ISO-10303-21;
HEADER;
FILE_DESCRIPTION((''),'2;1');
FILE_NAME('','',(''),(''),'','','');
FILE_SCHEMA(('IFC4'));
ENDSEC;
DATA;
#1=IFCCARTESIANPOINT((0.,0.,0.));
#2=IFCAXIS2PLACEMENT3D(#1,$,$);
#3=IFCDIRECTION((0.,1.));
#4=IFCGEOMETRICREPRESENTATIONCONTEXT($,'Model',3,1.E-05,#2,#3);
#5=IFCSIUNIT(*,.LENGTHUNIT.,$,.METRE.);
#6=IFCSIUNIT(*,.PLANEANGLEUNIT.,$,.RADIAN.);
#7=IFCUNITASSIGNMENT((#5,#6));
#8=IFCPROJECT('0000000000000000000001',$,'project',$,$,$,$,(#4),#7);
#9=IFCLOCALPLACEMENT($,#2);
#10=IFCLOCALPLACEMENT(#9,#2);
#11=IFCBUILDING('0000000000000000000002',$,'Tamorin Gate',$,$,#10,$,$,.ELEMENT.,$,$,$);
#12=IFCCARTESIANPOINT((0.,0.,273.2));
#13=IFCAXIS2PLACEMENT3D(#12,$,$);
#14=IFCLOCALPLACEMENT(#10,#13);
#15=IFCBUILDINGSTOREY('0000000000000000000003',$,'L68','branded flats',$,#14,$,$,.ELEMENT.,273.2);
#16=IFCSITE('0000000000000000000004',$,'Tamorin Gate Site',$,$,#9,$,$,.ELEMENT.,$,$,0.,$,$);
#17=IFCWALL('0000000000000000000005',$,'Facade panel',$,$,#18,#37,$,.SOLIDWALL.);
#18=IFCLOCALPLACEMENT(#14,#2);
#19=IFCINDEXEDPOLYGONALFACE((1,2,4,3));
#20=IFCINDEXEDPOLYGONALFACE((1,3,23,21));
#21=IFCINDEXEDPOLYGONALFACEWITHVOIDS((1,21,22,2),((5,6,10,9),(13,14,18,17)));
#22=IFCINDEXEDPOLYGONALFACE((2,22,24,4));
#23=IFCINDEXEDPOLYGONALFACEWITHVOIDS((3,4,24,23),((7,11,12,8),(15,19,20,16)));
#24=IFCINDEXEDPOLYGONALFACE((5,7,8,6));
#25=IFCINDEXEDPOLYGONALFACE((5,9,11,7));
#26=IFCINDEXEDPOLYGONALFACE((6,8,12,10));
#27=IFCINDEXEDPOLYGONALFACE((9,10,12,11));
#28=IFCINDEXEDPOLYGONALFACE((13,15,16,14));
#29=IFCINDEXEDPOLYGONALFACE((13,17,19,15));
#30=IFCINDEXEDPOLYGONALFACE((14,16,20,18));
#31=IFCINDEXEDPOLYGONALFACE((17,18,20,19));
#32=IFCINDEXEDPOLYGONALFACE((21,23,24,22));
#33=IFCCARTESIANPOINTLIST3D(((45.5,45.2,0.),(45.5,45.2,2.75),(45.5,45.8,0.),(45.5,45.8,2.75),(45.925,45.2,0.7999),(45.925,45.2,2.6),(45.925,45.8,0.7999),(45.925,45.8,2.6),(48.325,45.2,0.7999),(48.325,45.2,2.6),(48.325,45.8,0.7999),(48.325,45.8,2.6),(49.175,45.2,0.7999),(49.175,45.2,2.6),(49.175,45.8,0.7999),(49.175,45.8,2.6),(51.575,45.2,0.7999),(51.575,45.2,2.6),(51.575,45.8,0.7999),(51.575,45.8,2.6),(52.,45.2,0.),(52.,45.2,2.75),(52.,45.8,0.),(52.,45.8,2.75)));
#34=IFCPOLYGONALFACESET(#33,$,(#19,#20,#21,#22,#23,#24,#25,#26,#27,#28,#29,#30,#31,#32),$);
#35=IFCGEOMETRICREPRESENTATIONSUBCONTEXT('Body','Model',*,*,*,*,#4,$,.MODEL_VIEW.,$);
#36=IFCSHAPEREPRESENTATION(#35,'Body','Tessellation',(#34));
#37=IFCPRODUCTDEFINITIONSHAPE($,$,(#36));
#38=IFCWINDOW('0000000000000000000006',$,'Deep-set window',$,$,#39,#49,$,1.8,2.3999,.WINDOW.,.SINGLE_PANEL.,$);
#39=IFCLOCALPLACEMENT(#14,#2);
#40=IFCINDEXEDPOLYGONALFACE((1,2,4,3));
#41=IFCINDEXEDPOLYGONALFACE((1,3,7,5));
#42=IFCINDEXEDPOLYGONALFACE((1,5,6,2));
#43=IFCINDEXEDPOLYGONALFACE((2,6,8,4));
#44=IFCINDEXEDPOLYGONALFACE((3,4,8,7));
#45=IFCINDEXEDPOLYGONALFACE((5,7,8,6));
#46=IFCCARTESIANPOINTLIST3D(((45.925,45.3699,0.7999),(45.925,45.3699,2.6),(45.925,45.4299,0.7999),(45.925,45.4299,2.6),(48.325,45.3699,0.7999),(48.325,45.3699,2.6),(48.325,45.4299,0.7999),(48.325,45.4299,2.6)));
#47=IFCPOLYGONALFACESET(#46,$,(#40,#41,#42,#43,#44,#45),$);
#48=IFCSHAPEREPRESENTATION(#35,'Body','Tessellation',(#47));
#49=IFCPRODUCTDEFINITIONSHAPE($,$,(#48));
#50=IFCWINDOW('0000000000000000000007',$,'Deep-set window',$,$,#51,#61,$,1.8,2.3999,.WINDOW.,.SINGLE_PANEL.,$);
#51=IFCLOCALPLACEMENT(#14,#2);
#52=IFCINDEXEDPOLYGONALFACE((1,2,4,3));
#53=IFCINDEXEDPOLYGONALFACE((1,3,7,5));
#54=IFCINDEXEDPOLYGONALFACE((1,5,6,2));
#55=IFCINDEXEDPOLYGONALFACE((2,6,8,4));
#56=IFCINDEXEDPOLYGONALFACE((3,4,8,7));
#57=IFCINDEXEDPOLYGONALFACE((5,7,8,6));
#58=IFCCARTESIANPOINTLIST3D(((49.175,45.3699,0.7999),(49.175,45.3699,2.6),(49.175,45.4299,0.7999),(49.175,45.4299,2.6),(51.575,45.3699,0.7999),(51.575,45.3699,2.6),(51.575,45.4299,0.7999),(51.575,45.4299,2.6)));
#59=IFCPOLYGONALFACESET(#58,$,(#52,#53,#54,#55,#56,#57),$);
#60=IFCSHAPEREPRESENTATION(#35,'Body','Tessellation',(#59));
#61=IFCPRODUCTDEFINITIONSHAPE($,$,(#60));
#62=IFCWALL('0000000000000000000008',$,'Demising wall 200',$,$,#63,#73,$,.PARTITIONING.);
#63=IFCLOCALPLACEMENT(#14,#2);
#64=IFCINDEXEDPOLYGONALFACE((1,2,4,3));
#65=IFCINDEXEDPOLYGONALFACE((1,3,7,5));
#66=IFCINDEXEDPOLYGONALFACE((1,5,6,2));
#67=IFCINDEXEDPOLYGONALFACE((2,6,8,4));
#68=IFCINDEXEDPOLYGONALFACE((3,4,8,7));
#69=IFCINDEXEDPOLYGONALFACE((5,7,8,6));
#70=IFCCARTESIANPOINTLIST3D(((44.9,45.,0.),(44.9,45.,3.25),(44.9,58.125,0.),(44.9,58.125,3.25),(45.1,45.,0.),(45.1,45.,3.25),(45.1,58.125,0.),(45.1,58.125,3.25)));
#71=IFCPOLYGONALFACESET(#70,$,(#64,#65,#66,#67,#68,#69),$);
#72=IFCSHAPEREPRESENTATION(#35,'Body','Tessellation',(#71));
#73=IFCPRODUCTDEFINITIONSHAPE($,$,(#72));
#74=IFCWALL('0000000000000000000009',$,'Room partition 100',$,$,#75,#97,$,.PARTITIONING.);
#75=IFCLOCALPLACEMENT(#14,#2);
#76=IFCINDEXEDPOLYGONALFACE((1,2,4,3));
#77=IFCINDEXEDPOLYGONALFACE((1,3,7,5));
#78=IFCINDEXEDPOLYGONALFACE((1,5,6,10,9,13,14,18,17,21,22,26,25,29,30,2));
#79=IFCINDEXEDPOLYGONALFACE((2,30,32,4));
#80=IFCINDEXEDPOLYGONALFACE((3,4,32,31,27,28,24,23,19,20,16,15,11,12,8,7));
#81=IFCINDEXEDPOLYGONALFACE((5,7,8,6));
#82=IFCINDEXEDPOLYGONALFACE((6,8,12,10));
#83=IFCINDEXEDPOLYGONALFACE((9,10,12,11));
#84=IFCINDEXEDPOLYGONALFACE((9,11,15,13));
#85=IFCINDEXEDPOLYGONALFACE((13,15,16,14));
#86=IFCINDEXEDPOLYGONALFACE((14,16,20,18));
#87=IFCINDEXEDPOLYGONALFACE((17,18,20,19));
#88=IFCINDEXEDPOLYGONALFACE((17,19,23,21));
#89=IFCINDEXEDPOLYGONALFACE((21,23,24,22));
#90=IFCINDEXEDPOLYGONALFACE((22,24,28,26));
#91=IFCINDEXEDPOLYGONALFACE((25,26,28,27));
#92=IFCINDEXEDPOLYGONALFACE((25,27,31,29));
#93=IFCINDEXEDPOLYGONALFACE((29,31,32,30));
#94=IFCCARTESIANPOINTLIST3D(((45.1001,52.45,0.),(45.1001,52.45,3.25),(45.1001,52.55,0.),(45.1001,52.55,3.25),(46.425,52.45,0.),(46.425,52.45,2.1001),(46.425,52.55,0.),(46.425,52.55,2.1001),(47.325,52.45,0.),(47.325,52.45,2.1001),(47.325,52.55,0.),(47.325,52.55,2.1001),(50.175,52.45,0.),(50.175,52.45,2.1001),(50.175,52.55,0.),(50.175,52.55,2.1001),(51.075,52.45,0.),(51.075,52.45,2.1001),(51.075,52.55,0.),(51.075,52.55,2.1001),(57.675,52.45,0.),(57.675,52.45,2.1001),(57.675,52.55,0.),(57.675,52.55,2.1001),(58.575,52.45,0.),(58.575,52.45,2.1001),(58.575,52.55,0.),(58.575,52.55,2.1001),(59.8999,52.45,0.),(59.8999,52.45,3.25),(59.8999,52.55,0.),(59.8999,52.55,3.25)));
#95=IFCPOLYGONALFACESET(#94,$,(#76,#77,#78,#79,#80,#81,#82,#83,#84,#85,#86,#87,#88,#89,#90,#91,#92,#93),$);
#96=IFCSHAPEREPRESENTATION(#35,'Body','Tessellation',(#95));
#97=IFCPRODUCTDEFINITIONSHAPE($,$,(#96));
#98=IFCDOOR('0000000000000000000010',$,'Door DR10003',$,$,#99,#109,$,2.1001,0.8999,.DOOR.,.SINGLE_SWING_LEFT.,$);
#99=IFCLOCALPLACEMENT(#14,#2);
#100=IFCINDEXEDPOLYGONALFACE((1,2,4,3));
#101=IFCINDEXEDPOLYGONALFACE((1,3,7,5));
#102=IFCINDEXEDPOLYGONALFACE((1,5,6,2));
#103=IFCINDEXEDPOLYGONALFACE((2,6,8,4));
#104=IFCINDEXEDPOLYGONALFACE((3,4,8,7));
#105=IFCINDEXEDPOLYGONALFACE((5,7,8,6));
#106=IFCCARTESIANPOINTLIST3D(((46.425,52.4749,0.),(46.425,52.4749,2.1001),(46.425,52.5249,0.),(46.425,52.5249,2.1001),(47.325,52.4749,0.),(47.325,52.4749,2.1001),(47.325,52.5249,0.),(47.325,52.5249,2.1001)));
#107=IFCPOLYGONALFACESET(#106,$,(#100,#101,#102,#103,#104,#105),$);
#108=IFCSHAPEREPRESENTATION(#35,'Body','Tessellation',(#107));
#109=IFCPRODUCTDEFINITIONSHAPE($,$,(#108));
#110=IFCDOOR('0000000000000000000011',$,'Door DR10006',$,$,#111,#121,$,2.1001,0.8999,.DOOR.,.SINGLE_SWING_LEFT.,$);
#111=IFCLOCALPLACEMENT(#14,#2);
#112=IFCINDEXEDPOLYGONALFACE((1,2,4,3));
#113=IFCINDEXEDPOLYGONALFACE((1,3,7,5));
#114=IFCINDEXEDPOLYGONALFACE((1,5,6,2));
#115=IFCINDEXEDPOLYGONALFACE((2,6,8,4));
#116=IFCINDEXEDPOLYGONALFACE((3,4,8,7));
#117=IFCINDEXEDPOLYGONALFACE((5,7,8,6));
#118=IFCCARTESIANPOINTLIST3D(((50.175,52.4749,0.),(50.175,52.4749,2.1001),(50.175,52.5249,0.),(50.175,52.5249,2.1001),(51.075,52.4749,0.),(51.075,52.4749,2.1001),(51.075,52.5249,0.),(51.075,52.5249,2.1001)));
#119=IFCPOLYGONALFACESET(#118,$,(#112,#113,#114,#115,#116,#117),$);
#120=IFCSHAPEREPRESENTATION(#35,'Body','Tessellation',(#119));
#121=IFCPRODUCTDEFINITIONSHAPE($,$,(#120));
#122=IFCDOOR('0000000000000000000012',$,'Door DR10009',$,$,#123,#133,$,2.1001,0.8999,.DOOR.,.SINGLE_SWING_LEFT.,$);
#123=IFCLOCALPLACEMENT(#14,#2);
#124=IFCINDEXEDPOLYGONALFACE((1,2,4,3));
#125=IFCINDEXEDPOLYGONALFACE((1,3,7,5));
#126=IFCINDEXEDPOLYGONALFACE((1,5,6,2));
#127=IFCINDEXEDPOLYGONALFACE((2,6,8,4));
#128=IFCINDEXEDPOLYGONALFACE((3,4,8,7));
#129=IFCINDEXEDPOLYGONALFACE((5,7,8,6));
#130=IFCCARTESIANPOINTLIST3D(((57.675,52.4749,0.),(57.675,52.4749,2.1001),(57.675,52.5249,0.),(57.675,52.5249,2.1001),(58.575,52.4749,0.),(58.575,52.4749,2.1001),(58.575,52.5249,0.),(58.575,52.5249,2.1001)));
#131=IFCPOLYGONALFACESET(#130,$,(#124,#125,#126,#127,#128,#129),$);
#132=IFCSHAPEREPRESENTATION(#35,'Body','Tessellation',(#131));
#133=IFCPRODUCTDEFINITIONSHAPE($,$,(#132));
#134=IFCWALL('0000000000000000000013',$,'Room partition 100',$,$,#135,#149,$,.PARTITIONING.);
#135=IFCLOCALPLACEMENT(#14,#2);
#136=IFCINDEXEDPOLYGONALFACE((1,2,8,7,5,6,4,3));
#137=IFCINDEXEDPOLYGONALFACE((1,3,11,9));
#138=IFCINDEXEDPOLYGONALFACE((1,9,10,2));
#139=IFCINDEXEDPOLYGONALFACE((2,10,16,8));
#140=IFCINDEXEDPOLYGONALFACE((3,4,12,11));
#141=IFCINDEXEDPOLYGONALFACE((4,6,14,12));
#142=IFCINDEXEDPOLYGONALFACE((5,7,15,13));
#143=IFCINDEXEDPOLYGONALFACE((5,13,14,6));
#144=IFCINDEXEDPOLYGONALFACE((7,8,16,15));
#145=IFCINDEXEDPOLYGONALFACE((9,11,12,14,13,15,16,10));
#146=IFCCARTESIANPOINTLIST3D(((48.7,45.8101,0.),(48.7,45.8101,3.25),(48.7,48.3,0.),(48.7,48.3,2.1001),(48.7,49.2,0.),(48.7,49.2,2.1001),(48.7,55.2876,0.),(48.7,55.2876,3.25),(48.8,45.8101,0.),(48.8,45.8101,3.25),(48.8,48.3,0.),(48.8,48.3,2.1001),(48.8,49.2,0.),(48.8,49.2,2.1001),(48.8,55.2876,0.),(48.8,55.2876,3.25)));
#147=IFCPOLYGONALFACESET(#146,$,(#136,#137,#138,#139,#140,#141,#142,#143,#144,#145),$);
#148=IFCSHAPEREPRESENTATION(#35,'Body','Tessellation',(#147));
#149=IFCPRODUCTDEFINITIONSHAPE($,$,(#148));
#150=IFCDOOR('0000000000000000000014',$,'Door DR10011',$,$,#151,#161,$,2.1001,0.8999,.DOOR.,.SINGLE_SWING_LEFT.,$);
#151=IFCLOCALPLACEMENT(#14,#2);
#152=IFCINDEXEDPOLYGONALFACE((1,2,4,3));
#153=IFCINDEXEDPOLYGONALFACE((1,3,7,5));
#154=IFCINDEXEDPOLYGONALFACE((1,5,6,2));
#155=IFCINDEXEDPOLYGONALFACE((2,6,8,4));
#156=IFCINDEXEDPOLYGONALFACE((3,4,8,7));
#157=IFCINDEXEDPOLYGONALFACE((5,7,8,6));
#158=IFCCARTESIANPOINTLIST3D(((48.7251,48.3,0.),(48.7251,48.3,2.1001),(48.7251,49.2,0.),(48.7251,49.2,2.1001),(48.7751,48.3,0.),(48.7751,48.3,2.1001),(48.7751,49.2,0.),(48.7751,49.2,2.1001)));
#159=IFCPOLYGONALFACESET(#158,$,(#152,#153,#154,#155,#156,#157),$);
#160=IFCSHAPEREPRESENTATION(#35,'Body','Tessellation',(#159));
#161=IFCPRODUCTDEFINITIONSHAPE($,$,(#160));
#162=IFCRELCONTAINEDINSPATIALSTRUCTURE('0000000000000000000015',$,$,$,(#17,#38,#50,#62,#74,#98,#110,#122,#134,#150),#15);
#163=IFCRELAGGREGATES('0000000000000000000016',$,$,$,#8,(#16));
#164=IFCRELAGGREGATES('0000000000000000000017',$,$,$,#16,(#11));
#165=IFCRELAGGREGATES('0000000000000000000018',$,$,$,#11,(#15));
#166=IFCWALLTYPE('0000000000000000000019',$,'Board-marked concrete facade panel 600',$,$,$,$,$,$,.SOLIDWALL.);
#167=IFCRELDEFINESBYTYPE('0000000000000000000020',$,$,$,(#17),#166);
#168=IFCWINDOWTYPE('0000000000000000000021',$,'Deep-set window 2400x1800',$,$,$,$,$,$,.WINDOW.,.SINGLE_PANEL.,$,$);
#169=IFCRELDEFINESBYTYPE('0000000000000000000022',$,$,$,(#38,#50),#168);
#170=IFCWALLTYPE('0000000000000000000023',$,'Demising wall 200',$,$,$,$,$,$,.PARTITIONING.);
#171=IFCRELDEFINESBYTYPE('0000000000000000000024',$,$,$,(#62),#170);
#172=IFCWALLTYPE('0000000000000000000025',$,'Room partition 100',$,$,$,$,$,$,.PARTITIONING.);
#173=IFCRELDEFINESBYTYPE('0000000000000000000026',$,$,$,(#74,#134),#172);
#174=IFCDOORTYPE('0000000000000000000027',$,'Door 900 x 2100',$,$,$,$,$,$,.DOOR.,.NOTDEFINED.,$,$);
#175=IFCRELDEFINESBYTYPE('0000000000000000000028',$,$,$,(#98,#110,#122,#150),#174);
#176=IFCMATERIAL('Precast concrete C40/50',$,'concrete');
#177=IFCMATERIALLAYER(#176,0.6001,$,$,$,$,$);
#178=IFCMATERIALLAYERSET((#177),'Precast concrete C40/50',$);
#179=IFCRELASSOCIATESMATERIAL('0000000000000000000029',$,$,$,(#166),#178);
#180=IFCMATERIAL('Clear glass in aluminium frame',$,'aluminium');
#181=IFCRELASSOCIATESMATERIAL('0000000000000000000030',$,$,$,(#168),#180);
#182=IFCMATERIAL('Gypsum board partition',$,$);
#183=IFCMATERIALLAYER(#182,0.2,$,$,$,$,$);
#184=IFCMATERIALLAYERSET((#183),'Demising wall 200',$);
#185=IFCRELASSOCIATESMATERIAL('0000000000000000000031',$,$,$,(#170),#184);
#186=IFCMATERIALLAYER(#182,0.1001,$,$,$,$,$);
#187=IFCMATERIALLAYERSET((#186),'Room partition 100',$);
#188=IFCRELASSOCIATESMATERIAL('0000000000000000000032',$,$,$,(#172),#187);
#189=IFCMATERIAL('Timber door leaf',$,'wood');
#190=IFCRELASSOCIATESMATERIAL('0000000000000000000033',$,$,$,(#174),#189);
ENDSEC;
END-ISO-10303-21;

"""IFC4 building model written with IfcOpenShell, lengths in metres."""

from ifc_helpers import new_model, si_unit, direction, frame, frame_2d, origin, place, context, subcontext, project, spatial, rectangle, extrude, material, layer, layer_set, type_object, element, fill, save


model = new_model("IFC4")

# Units and contexts
model_context = context("Model", 3, precision=1e-05, world=origin(), true_north=direction((0.0, 1.0)))
body_context = subcontext(model_context, "Body", "Model", "MODEL_VIEW")
ifc_project = project(units=[si_unit("LENGTHUNIT", "METRE"), si_unit("PLANEANGLEUNIT", "RADIAN")], contexts=[model_context])

# Site, building, storey
site_placement = place(None, origin())
site = spatial("IfcSite", under=ifc_project, at=site_placement, Name="Tamorin Gate Site", CompositionType="ELEMENT", RefElevation=0.0)
building_placement = place(site_placement, origin())
building = spatial("IfcBuilding", under=site, at=building_placement, Name="Tamorin Gate", CompositionType="ELEMENT")
storey_placement = place(building_placement, frame((0.0, 0.0, 273.2)))
storey = spatial("IfcBuildingStorey", under=building, at=storey_placement, Name="L68", Description="branded flats", CompositionType="ELEMENT", Elevation=273.2)

# Wall, openings, windows
ifc_material_1 = material(Name="Precast concrete C40/50", Category="concrete")
ifc_layer_1 = layer(ifc_material_1, 0.6001)
ifc_layer_set_1 = layer_set([ifc_layer_1], Name="Precast concrete C40/50")
wall_type_1 = type_object("IfcWallType", Name="Board-marked concrete facade panel 600", PredefinedType="SOLIDWALL", material=ifc_layer_set_1)
ifc_material_2 = material(Name="Clear glass in aluminium frame", Category="aluminium")
window_type = type_object("IfcWindowType", Name="Deep-set window 2400x1800", PartitioningType="SINGLE_PANEL", PredefinedType="WINDOW", material=ifc_material_2)
wall_1_placement = place(storey_placement, frame((45.5, 45.5, 0.0), z_axis=(0.0, 0.0, 1.0), x_axis=(1.0, 0.0, 0.0)))
wall_1 = element("IfcWall", 1, at=wall_1_placement, inside=storey, type_object=wall_type_1, Name="Facade panel", PredefinedType="SOLIDWALL", context=body_context, shape_type="SweptSolid", body=[
    extrude(rectangle(XDim=6.5, YDim=0.6001, at=frame_2d((3.25, 0.0))), origin(), (0.0, 0.0, 1.0), 2.75),
])
opening_1_placement = place(wall_1_placement, frame((0.425, 0.0, 0.8)))
opening_1 = element("IfcOpeningElement", 2, at=opening_1_placement, cuts=wall_1, PredefinedType="OPENING", context=body_context, shape_type="SweptSolid", body=[
    extrude(rectangle(XDim=2.3999, YDim=1.8, at=frame_2d((1.2, 0.8999))), frame((0.0, 0.3101, 0.0), z_axis=(0.0, -1.0, 0.0), x_axis=(1.0, 0.0, 0.0)), (0.0, 0.0, 1.0), 0.6201),
])
opening_2_placement = place(wall_1_placement, frame((3.675, 0.0, 0.8)))
opening_2 = element("IfcOpeningElement", 3, at=opening_2_placement, cuts=wall_1, PredefinedType="OPENING", context=body_context, shape_type="SweptSolid", body=[
    extrude(rectangle(XDim=2.3999, YDim=1.8, at=frame_2d((1.2, 0.8999))), frame((0.0, 0.3101, 0.0), z_axis=(0.0, -1.0, 0.0), x_axis=(1.0, 0.0, 0.0)), (0.0, 0.0, 1.0), 0.6201),
])
window_1_placement = place(opening_1_placement, origin())
window_1 = element("IfcWindow", 4, at=window_1_placement, inside=storey, type_object=window_type, Name="Deep-set window", OverallHeight=1.8, OverallWidth=2.3999, PartitioningType="SINGLE_PANEL", PredefinedType="WINDOW", context=body_context, shape_type="SweptSolid", body=[
    extrude(rectangle(XDim=2.3999, YDim=1.8, at=frame_2d((1.2, 0.8999))), frame((0.0, -0.0701, 0.0), z_axis=(0.0, -1.0, 0.0), x_axis=(1.0, 0.0, 0.0)), (0.0, 0.0, 1.0), 0.0601),
])
fill(opening_1, window_1)
window_2_placement = place(opening_2_placement, origin())
window_2 = element("IfcWindow", 5, at=window_2_placement, inside=storey, type_object=window_type, Name="Deep-set window", OverallHeight=1.8, OverallWidth=2.3999, PartitioningType="SINGLE_PANEL", PredefinedType="WINDOW", context=body_context, shape_type="SweptSolid", body=[
    extrude(rectangle(XDim=2.3999, YDim=1.8, at=frame_2d((1.2, 0.8999))), frame((0.0, -0.0701, 0.0), z_axis=(0.0, -1.0, 0.0), x_axis=(1.0, 0.0, 0.0)), (0.0, 0.0, 1.0), 0.0601),
])
fill(opening_2, window_2)

# Wall
ifc_material_3 = material(Name="Gypsum board partition")
ifc_layer_2 = layer(ifc_material_3, 0.2)
ifc_layer_set_2 = layer_set([ifc_layer_2], Name="Demising wall 200")
wall_type_2 = type_object("IfcWallType", Name="Demising wall 200", PredefinedType="PARTITIONING", material=ifc_layer_set_2)
wall_2_placement = place(storey_placement, frame((45.0, 45.0, 0.0), z_axis=(0.0, 0.0, 1.0), x_axis=(0.0, 1.0, 0.0)))
element("IfcWall", 6, at=wall_2_placement, inside=storey, type_object=wall_type_2, Name="Demising wall 200", PredefinedType="PARTITIONING", context=body_context, shape_type="SweptSolid", body=[
    extrude(rectangle(XDim=13.125, YDim=0.2, at=frame_2d((6.5625, 0.0))), origin(), (0.0, 0.0, 1.0), 3.25),
])

# Wall, openings, doors
ifc_layer_3 = layer(ifc_material_3, 0.1001)
ifc_layer_set_3 = layer_set([ifc_layer_3], Name="Room partition 100")
wall_type_3 = type_object("IfcWallType", Name="Room partition 100", PredefinedType="PARTITIONING", material=ifc_layer_set_3)
wall_3_placement = place(storey_placement, frame((45.1001, 52.5, 0.0), z_axis=(0.0, 0.0, 1.0), x_axis=(1.0, 0.0, 0.0)))
wall_3 = element("IfcWall", 7, at=wall_3_placement, inside=storey, type_object=wall_type_3, Name="Room partition 100", PredefinedType="PARTITIONING", context=body_context, shape_type="SweptSolid", body=[
    extrude(rectangle(XDim=14.7998, YDim=0.1001, at=frame_2d((7.3999, 0.0))), origin(), (0.0, 0.0, 1.0), 3.25),
])
opening_3_placement = place(wall_3_placement, frame((1.325, 0.0, 0.0)))
opening_3 = element("IfcOpeningElement", 8, at=opening_3_placement, cuts=wall_3, PredefinedType="OPENING", context=body_context, shape_type="SweptSolid", body=[
    extrude(rectangle(XDim=0.8999, YDim=2.1001, at=frame_2d((0.45, 1.05))), frame((0.0, 0.0601, 0.0), z_axis=(0.0, -1.0, 0.0), x_axis=(1.0, 0.0, 0.0)), (0.0, 0.0, 1.0), 0.1201),
])
opening_4_placement = place(wall_3_placement, frame((5.075, 0.0, 0.0)))
opening_4 = element("IfcOpeningElement", 9, at=opening_4_placement, cuts=wall_3, PredefinedType="OPENING", context=body_context, shape_type="SweptSolid", body=[
    extrude(rectangle(XDim=0.8999, YDim=2.1001, at=frame_2d((0.45, 1.05))), frame((0.0, 0.0601, 0.0), z_axis=(0.0, -1.0, 0.0), x_axis=(1.0, 0.0, 0.0)), (0.0, 0.0, 1.0), 0.1201),
])
opening_5_placement = place(wall_3_placement, frame((12.575, 0.0, 0.0)))
opening_5 = element("IfcOpeningElement", 10, at=opening_5_placement, cuts=wall_3, PredefinedType="OPENING", context=body_context, shape_type="SweptSolid", body=[
    extrude(rectangle(XDim=0.8999, YDim=2.1001, at=frame_2d((0.45, 1.05))), frame((0.0, 0.0601, 0.0), z_axis=(0.0, -1.0, 0.0), x_axis=(1.0, 0.0, 0.0)), (0.0, 0.0, 1.0), 0.1201),
])
ifc_material_4 = material(Name="Timber door leaf", Category="wood")
door_type = type_object("IfcDoorType", Name="Door 900 x 2100", OperationType="NOTDEFINED", PredefinedType="DOOR", material=ifc_material_4)
door_1_placement = place(opening_3_placement, origin())
door_1 = element("IfcDoor", 11, at=door_1_placement, inside=storey, type_object=door_type, Name="Door DR10003", OperationType="SINGLE_SWING_LEFT", OverallHeight=2.1001, OverallWidth=0.8999, PredefinedType="DOOR", context=body_context, shape_type="SweptSolid", body=[
    extrude(rectangle(XDim=0.8999, YDim=2.1001, at=frame_2d((0.45, 1.05))), frame((0.0, 0.0249, 0.0), z_axis=(0.0, -1.0, 0.0), x_axis=(1.0, 0.0, 0.0)), (0.0, 0.0, 1.0), 0.05),
])
fill(opening_3, door_1)
door_2_placement = place(opening_4_placement, origin())
door_2 = element("IfcDoor", 12, at=door_2_placement, inside=storey, type_object=door_type, Name="Door DR10006", OperationType="SINGLE_SWING_LEFT", OverallHeight=2.1001, OverallWidth=0.8999, PredefinedType="DOOR", context=body_context, shape_type="SweptSolid", body=[
    extrude(rectangle(XDim=0.8999, YDim=2.1001, at=frame_2d((0.45, 1.05))), frame((0.0, 0.0249, 0.0), z_axis=(0.0, -1.0, 0.0), x_axis=(1.0, 0.0, 0.0)), (0.0, 0.0, 1.0), 0.05),
])
fill(opening_4, door_2)
door_3_placement = place(opening_5_placement, origin())
door_3 = element("IfcDoor", 13, at=door_3_placement, inside=storey, type_object=door_type, Name="Door DR10009", OperationType="SINGLE_SWING_LEFT", OverallHeight=2.1001, OverallWidth=0.8999, PredefinedType="DOOR", context=body_context, shape_type="SweptSolid", body=[
    extrude(rectangle(XDim=0.8999, YDim=2.1001, at=frame_2d((0.45, 1.05))), frame((0.0, 0.0249, 0.0), z_axis=(0.0, -1.0, 0.0), x_axis=(1.0, 0.0, 0.0)), (0.0, 0.0, 1.0), 0.05),
])
fill(opening_5, door_3)

# Wall, opening, door
wall_4_placement = place(storey_placement, frame((48.75, 45.8101, 0.0), z_axis=(0.0, 0.0, 1.0), x_axis=(0.0, 1.0, 0.0)))
wall_4 = element("IfcWall", 14, at=wall_4_placement, inside=storey, type_object=wall_type_3, Name="Room partition 100", PredefinedType="PARTITIONING", context=body_context, shape_type="SweptSolid", body=[
    extrude(rectangle(XDim=9.4775, YDim=0.1001, at=frame_2d((4.7388, 0.0))), origin(), (0.0, 0.0, 1.0), 3.25),
])
opening_6_placement = place(wall_4_placement, frame((2.49, 0.0, 0.0)))
opening_6 = element("IfcOpeningElement", 15, at=opening_6_placement, cuts=wall_4, PredefinedType="OPENING", context=body_context, shape_type="SweptSolid", body=[
    extrude(rectangle(XDim=0.8999, YDim=2.1001, at=frame_2d((0.45, 1.05))), frame((0.0, 0.0601, 0.0), z_axis=(0.0, -1.0, 0.0), x_axis=(1.0, 0.0, 0.0)), (0.0, 0.0, 1.0), 0.1201),
])
door_4_placement = place(opening_6_placement, origin())
door_4 = element("IfcDoor", 16, at=door_4_placement, inside=storey, type_object=door_type, Name="Door DR10011", OperationType="SINGLE_SWING_LEFT", OverallHeight=2.1001, OverallWidth=0.8999, PredefinedType="DOOR", context=body_context, shape_type="SweptSolid", body=[
    extrude(rectangle(XDim=0.8999, YDim=2.1001, at=frame_2d((0.45, 1.05))), frame((0.0, 0.0249, 0.0), z_axis=(0.0, -1.0, 0.0), x_axis=(1.0, 0.0, 0.0)), (0.0, 0.0, 1.0), 0.05),
])
fill(opening_6, door_4)

save(model, "model.ifc")
